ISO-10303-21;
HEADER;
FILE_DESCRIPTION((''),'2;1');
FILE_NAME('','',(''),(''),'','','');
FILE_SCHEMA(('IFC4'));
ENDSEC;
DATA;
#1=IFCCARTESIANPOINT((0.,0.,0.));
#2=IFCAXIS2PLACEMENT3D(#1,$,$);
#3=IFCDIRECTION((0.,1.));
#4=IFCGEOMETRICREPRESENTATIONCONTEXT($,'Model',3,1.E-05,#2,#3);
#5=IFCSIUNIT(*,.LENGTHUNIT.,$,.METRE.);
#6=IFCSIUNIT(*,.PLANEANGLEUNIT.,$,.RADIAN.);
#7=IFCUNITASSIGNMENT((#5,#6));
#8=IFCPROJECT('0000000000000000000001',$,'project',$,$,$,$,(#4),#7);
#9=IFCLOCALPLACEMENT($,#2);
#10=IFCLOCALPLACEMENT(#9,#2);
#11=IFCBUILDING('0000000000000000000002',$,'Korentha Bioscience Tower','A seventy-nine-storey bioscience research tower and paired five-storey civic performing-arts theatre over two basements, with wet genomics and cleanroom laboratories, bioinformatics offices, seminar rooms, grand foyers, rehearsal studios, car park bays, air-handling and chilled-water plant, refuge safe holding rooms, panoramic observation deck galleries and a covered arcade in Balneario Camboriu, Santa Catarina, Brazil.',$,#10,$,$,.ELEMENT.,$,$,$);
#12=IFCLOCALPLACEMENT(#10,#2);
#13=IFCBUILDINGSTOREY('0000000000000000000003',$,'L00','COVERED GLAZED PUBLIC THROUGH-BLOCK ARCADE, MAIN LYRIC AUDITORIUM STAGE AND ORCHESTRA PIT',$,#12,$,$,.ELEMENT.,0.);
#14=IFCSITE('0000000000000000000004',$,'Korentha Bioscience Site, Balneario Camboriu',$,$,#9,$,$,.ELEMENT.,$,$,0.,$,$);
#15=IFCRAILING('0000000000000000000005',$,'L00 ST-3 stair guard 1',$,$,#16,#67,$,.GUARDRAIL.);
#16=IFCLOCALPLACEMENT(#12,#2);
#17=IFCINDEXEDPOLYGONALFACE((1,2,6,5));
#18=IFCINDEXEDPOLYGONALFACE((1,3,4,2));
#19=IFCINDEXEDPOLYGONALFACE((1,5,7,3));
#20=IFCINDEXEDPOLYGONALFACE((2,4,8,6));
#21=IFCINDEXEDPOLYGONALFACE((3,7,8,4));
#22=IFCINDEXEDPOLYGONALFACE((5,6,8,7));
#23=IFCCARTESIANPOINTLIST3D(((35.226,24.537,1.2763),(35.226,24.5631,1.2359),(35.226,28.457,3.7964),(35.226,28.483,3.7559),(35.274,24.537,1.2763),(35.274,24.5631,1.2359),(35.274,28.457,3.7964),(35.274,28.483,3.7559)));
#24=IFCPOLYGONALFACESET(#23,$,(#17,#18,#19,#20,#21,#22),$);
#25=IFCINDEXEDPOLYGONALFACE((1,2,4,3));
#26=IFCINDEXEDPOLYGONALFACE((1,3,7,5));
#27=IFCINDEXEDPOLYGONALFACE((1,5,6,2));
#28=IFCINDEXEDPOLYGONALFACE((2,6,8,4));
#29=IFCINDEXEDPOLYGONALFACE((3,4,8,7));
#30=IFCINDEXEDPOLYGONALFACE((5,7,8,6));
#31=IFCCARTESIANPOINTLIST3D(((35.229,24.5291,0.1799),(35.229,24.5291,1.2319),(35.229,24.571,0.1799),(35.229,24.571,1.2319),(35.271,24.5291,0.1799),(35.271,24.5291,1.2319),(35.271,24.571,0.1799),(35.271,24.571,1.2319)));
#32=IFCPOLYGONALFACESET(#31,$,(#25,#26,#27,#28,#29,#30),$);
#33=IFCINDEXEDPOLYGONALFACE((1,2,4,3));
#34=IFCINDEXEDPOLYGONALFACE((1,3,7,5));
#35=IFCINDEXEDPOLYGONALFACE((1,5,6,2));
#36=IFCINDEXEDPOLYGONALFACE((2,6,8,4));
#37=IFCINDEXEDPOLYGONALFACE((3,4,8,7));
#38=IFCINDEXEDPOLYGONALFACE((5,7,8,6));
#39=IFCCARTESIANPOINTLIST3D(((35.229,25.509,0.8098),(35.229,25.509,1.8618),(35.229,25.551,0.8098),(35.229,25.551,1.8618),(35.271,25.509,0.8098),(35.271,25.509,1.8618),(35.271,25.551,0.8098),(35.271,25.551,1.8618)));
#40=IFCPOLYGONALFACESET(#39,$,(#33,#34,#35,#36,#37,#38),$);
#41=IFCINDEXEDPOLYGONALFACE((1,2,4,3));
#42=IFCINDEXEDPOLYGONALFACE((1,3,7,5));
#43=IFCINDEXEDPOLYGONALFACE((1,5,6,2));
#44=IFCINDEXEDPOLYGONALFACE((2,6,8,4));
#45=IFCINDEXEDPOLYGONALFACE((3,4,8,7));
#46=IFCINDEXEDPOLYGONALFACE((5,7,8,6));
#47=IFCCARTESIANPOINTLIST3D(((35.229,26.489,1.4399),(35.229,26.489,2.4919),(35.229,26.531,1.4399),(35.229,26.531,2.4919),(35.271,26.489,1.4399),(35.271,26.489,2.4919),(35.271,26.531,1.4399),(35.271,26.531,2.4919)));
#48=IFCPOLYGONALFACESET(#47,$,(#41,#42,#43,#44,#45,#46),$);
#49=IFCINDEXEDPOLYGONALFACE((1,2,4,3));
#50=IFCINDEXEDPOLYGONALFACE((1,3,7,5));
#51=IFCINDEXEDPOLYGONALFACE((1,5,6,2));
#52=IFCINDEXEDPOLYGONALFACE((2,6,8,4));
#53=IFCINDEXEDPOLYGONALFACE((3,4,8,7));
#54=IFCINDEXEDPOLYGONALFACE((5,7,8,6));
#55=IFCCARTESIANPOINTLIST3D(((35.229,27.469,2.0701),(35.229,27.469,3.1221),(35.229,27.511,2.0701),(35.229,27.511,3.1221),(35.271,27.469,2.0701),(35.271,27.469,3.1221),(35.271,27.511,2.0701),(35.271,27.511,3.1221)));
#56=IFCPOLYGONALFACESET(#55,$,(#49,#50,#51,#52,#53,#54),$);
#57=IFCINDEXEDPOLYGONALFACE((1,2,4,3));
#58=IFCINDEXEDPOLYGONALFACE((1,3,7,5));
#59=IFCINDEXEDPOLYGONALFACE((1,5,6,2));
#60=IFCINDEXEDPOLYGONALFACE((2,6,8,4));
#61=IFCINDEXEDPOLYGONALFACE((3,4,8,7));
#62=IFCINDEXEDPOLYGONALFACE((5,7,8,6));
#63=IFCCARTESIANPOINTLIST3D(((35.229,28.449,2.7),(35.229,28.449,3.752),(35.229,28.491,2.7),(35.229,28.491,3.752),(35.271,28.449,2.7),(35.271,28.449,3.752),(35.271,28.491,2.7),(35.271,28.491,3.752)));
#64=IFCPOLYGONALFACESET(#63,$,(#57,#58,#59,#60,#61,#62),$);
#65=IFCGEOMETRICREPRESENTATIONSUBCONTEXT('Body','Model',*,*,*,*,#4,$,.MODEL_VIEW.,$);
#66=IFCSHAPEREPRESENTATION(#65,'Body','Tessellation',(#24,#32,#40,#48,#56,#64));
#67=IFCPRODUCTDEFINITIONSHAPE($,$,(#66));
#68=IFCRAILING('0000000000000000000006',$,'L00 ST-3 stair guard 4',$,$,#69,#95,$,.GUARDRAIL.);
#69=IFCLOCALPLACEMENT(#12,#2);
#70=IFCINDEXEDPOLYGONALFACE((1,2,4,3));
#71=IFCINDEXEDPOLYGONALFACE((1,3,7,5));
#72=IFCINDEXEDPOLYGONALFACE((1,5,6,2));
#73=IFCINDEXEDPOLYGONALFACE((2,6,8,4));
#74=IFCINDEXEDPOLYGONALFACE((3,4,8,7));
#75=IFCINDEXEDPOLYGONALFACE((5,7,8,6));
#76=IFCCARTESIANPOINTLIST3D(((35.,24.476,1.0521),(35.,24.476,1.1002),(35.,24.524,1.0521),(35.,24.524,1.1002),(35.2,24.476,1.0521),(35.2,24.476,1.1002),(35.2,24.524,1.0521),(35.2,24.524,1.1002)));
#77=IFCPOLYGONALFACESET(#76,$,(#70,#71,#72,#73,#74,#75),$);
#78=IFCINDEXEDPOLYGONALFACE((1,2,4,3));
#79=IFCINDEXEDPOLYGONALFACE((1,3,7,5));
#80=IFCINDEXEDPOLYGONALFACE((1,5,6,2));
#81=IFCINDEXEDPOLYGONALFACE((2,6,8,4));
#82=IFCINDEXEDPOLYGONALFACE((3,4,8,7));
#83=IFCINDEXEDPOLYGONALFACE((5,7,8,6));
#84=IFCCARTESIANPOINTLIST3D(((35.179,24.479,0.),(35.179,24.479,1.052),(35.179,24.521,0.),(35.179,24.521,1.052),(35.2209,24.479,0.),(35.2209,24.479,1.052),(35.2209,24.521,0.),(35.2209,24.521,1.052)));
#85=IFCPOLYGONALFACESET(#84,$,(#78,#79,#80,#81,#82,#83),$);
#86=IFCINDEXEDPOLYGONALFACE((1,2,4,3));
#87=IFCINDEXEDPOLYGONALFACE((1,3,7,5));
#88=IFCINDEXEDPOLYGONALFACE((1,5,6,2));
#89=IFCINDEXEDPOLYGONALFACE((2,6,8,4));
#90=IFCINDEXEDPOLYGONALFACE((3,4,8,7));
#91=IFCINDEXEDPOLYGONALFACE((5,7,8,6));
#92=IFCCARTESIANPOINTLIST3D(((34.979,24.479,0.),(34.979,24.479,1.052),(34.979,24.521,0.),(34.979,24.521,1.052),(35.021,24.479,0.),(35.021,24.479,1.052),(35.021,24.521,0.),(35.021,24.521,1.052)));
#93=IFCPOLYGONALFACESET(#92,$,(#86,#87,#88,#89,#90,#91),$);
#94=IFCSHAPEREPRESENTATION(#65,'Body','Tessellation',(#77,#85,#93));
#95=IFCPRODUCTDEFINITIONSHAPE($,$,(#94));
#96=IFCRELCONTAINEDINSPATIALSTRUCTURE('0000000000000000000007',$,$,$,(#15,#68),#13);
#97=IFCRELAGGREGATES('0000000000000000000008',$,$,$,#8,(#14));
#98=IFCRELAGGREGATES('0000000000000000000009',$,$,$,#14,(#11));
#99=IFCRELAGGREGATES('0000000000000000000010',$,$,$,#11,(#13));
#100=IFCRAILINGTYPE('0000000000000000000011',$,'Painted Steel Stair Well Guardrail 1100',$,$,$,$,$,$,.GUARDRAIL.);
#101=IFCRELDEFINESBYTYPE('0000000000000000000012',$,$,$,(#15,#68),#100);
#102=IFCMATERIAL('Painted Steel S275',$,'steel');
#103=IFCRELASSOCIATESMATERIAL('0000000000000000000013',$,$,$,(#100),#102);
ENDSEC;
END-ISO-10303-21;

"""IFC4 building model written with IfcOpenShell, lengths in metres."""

from ifc_helpers import new_model, si_unit, direction, frame, origin, origin_2d, place, context, subcontext, project, spatial, rectangle, extrude, material, type_object, element, save


model = new_model("IFC4")

# Units and contexts
model_context = context("Model", 3, precision=1e-05, world=origin(), true_north=direction((0.0, 1.0)))
body_context = subcontext(model_context, "Body", "Model", "MODEL_VIEW")
ifc_project = project(units=[si_unit("LENGTHUNIT", "METRE"), si_unit("PLANEANGLEUNIT", "RADIAN")], contexts=[model_context])

# Site, building, storey
site_placement = place(None, origin())
site = spatial("IfcSite", under=ifc_project, at=site_placement, Name="Korentha Bioscience Site, Balneario Camboriu", CompositionType="ELEMENT", RefElevation=0.0)
building_placement = place(site_placement, origin())
building = spatial("IfcBuilding", under=site, at=building_placement, Name="Korentha Bioscience Tower", Description="A seventy-nine-storey bioscience research tower and paired five-storey civic performing-arts theatre over two basements, with wet genomics and cleanroom laboratories, bioinformatics offices, seminar rooms, grand foyers, rehearsal studios, car park bays, air-handling and chilled-water plant, refuge safe holding rooms, panoramic observation deck galleries and a covered arcade in Balneario Camboriu, Santa Catarina, Brazil.", CompositionType="ELEMENT")
storey_placement = place(building_placement, origin())
storey = spatial("IfcBuildingStorey", under=building, at=storey_placement, Name="L00", Description="COVERED GLAZED PUBLIC THROUGH-BLOCK ARCADE, MAIN LYRIC AUDITORIUM STAGE AND ORCHESTRA PIT", CompositionType="ELEMENT", Elevation=0.0)

# Railings
ifc_material_1 = material(Name="Painted Steel S275", Category="steel")
railing_type_1 = type_object("IfcRailingType", Name="Painted Steel Stair Well Guardrail 1100", PredefinedType="GUARDRAIL", material=ifc_material_1)
railing_1_placement = place(storey_placement, frame((35.25, 24.55, 0.1799)))
element("IfcRailing", 1, at=railing_1_placement, inside=storey, type_object=railing_type_1, Name="L00 ST-3 stair guard 1", PredefinedType="GUARDRAIL", context=body_context, shape_type="SweptSolid", body=[
    extrude(rectangle(XDim=0.0481, YDim=0.0481, at=origin_2d()), frame((0.0, 0.0, 1.0762), z_axis=(0.0, 0.841172, 0.540768), x_axis=(-1.0, 0.0, 0.0)), (0.0, 0.0, 1.0), 4.6602),
    extrude(rectangle(XDim=0.042, YDim=0.042, at=origin_2d()), origin(), (0.0, 0.0, 1.0), 1.052),
    extrude(rectangle(XDim=0.042, YDim=0.042, at=origin_2d()), frame((0.0, 0.98, 0.6299)), (0.0, 0.0, 1.0), 1.052),
    extrude(rectangle(XDim=0.042, YDim=0.042, at=origin_2d()), frame((0.0, 1.96, 1.26)), (0.0, 0.0, 1.0), 1.052),
    extrude(rectangle(XDim=0.042, YDim=0.042, at=origin_2d()), frame((0.0, 2.9399, 1.8901)), (0.0, 0.0, 1.0), 1.052),
    extrude(rectangle(XDim=0.042, YDim=0.042, at=origin_2d()), frame((0.0, 3.9199, 2.52)), (0.0, 0.0, 1.0), 1.052),
])
railing_2_placement = place(storey_placement, frame((35.2, 24.5, 0.0)))
element("IfcRailing", 2, at=railing_2_placement, inside=storey, type_object=railing_type_1, Name="L00 ST-3 stair guard 4", PredefinedType="GUARDRAIL", context=body_context, shape_type="SweptSolid", body=[
    extrude(rectangle(XDim=0.0481, YDim=0.0481, at=origin_2d()), frame((0.0, 0.0, 1.0762), z_axis=(-1.0, 0.0, 0.0), x_axis=(0.0, -1.0, 0.0)), (0.0, 0.0, 1.0), 0.2),
    extrude(rectangle(XDim=0.042, YDim=0.042, at=origin_2d()), origin(), (0.0, 0.0, 1.0), 1.052),
    extrude(rectangle(XDim=0.042, YDim=0.042, at=origin_2d()), frame((-0.2, 0.0, 0.0)), (0.0, 0.0, 1.0), 1.052),
])

save(model, "model.ifc")
